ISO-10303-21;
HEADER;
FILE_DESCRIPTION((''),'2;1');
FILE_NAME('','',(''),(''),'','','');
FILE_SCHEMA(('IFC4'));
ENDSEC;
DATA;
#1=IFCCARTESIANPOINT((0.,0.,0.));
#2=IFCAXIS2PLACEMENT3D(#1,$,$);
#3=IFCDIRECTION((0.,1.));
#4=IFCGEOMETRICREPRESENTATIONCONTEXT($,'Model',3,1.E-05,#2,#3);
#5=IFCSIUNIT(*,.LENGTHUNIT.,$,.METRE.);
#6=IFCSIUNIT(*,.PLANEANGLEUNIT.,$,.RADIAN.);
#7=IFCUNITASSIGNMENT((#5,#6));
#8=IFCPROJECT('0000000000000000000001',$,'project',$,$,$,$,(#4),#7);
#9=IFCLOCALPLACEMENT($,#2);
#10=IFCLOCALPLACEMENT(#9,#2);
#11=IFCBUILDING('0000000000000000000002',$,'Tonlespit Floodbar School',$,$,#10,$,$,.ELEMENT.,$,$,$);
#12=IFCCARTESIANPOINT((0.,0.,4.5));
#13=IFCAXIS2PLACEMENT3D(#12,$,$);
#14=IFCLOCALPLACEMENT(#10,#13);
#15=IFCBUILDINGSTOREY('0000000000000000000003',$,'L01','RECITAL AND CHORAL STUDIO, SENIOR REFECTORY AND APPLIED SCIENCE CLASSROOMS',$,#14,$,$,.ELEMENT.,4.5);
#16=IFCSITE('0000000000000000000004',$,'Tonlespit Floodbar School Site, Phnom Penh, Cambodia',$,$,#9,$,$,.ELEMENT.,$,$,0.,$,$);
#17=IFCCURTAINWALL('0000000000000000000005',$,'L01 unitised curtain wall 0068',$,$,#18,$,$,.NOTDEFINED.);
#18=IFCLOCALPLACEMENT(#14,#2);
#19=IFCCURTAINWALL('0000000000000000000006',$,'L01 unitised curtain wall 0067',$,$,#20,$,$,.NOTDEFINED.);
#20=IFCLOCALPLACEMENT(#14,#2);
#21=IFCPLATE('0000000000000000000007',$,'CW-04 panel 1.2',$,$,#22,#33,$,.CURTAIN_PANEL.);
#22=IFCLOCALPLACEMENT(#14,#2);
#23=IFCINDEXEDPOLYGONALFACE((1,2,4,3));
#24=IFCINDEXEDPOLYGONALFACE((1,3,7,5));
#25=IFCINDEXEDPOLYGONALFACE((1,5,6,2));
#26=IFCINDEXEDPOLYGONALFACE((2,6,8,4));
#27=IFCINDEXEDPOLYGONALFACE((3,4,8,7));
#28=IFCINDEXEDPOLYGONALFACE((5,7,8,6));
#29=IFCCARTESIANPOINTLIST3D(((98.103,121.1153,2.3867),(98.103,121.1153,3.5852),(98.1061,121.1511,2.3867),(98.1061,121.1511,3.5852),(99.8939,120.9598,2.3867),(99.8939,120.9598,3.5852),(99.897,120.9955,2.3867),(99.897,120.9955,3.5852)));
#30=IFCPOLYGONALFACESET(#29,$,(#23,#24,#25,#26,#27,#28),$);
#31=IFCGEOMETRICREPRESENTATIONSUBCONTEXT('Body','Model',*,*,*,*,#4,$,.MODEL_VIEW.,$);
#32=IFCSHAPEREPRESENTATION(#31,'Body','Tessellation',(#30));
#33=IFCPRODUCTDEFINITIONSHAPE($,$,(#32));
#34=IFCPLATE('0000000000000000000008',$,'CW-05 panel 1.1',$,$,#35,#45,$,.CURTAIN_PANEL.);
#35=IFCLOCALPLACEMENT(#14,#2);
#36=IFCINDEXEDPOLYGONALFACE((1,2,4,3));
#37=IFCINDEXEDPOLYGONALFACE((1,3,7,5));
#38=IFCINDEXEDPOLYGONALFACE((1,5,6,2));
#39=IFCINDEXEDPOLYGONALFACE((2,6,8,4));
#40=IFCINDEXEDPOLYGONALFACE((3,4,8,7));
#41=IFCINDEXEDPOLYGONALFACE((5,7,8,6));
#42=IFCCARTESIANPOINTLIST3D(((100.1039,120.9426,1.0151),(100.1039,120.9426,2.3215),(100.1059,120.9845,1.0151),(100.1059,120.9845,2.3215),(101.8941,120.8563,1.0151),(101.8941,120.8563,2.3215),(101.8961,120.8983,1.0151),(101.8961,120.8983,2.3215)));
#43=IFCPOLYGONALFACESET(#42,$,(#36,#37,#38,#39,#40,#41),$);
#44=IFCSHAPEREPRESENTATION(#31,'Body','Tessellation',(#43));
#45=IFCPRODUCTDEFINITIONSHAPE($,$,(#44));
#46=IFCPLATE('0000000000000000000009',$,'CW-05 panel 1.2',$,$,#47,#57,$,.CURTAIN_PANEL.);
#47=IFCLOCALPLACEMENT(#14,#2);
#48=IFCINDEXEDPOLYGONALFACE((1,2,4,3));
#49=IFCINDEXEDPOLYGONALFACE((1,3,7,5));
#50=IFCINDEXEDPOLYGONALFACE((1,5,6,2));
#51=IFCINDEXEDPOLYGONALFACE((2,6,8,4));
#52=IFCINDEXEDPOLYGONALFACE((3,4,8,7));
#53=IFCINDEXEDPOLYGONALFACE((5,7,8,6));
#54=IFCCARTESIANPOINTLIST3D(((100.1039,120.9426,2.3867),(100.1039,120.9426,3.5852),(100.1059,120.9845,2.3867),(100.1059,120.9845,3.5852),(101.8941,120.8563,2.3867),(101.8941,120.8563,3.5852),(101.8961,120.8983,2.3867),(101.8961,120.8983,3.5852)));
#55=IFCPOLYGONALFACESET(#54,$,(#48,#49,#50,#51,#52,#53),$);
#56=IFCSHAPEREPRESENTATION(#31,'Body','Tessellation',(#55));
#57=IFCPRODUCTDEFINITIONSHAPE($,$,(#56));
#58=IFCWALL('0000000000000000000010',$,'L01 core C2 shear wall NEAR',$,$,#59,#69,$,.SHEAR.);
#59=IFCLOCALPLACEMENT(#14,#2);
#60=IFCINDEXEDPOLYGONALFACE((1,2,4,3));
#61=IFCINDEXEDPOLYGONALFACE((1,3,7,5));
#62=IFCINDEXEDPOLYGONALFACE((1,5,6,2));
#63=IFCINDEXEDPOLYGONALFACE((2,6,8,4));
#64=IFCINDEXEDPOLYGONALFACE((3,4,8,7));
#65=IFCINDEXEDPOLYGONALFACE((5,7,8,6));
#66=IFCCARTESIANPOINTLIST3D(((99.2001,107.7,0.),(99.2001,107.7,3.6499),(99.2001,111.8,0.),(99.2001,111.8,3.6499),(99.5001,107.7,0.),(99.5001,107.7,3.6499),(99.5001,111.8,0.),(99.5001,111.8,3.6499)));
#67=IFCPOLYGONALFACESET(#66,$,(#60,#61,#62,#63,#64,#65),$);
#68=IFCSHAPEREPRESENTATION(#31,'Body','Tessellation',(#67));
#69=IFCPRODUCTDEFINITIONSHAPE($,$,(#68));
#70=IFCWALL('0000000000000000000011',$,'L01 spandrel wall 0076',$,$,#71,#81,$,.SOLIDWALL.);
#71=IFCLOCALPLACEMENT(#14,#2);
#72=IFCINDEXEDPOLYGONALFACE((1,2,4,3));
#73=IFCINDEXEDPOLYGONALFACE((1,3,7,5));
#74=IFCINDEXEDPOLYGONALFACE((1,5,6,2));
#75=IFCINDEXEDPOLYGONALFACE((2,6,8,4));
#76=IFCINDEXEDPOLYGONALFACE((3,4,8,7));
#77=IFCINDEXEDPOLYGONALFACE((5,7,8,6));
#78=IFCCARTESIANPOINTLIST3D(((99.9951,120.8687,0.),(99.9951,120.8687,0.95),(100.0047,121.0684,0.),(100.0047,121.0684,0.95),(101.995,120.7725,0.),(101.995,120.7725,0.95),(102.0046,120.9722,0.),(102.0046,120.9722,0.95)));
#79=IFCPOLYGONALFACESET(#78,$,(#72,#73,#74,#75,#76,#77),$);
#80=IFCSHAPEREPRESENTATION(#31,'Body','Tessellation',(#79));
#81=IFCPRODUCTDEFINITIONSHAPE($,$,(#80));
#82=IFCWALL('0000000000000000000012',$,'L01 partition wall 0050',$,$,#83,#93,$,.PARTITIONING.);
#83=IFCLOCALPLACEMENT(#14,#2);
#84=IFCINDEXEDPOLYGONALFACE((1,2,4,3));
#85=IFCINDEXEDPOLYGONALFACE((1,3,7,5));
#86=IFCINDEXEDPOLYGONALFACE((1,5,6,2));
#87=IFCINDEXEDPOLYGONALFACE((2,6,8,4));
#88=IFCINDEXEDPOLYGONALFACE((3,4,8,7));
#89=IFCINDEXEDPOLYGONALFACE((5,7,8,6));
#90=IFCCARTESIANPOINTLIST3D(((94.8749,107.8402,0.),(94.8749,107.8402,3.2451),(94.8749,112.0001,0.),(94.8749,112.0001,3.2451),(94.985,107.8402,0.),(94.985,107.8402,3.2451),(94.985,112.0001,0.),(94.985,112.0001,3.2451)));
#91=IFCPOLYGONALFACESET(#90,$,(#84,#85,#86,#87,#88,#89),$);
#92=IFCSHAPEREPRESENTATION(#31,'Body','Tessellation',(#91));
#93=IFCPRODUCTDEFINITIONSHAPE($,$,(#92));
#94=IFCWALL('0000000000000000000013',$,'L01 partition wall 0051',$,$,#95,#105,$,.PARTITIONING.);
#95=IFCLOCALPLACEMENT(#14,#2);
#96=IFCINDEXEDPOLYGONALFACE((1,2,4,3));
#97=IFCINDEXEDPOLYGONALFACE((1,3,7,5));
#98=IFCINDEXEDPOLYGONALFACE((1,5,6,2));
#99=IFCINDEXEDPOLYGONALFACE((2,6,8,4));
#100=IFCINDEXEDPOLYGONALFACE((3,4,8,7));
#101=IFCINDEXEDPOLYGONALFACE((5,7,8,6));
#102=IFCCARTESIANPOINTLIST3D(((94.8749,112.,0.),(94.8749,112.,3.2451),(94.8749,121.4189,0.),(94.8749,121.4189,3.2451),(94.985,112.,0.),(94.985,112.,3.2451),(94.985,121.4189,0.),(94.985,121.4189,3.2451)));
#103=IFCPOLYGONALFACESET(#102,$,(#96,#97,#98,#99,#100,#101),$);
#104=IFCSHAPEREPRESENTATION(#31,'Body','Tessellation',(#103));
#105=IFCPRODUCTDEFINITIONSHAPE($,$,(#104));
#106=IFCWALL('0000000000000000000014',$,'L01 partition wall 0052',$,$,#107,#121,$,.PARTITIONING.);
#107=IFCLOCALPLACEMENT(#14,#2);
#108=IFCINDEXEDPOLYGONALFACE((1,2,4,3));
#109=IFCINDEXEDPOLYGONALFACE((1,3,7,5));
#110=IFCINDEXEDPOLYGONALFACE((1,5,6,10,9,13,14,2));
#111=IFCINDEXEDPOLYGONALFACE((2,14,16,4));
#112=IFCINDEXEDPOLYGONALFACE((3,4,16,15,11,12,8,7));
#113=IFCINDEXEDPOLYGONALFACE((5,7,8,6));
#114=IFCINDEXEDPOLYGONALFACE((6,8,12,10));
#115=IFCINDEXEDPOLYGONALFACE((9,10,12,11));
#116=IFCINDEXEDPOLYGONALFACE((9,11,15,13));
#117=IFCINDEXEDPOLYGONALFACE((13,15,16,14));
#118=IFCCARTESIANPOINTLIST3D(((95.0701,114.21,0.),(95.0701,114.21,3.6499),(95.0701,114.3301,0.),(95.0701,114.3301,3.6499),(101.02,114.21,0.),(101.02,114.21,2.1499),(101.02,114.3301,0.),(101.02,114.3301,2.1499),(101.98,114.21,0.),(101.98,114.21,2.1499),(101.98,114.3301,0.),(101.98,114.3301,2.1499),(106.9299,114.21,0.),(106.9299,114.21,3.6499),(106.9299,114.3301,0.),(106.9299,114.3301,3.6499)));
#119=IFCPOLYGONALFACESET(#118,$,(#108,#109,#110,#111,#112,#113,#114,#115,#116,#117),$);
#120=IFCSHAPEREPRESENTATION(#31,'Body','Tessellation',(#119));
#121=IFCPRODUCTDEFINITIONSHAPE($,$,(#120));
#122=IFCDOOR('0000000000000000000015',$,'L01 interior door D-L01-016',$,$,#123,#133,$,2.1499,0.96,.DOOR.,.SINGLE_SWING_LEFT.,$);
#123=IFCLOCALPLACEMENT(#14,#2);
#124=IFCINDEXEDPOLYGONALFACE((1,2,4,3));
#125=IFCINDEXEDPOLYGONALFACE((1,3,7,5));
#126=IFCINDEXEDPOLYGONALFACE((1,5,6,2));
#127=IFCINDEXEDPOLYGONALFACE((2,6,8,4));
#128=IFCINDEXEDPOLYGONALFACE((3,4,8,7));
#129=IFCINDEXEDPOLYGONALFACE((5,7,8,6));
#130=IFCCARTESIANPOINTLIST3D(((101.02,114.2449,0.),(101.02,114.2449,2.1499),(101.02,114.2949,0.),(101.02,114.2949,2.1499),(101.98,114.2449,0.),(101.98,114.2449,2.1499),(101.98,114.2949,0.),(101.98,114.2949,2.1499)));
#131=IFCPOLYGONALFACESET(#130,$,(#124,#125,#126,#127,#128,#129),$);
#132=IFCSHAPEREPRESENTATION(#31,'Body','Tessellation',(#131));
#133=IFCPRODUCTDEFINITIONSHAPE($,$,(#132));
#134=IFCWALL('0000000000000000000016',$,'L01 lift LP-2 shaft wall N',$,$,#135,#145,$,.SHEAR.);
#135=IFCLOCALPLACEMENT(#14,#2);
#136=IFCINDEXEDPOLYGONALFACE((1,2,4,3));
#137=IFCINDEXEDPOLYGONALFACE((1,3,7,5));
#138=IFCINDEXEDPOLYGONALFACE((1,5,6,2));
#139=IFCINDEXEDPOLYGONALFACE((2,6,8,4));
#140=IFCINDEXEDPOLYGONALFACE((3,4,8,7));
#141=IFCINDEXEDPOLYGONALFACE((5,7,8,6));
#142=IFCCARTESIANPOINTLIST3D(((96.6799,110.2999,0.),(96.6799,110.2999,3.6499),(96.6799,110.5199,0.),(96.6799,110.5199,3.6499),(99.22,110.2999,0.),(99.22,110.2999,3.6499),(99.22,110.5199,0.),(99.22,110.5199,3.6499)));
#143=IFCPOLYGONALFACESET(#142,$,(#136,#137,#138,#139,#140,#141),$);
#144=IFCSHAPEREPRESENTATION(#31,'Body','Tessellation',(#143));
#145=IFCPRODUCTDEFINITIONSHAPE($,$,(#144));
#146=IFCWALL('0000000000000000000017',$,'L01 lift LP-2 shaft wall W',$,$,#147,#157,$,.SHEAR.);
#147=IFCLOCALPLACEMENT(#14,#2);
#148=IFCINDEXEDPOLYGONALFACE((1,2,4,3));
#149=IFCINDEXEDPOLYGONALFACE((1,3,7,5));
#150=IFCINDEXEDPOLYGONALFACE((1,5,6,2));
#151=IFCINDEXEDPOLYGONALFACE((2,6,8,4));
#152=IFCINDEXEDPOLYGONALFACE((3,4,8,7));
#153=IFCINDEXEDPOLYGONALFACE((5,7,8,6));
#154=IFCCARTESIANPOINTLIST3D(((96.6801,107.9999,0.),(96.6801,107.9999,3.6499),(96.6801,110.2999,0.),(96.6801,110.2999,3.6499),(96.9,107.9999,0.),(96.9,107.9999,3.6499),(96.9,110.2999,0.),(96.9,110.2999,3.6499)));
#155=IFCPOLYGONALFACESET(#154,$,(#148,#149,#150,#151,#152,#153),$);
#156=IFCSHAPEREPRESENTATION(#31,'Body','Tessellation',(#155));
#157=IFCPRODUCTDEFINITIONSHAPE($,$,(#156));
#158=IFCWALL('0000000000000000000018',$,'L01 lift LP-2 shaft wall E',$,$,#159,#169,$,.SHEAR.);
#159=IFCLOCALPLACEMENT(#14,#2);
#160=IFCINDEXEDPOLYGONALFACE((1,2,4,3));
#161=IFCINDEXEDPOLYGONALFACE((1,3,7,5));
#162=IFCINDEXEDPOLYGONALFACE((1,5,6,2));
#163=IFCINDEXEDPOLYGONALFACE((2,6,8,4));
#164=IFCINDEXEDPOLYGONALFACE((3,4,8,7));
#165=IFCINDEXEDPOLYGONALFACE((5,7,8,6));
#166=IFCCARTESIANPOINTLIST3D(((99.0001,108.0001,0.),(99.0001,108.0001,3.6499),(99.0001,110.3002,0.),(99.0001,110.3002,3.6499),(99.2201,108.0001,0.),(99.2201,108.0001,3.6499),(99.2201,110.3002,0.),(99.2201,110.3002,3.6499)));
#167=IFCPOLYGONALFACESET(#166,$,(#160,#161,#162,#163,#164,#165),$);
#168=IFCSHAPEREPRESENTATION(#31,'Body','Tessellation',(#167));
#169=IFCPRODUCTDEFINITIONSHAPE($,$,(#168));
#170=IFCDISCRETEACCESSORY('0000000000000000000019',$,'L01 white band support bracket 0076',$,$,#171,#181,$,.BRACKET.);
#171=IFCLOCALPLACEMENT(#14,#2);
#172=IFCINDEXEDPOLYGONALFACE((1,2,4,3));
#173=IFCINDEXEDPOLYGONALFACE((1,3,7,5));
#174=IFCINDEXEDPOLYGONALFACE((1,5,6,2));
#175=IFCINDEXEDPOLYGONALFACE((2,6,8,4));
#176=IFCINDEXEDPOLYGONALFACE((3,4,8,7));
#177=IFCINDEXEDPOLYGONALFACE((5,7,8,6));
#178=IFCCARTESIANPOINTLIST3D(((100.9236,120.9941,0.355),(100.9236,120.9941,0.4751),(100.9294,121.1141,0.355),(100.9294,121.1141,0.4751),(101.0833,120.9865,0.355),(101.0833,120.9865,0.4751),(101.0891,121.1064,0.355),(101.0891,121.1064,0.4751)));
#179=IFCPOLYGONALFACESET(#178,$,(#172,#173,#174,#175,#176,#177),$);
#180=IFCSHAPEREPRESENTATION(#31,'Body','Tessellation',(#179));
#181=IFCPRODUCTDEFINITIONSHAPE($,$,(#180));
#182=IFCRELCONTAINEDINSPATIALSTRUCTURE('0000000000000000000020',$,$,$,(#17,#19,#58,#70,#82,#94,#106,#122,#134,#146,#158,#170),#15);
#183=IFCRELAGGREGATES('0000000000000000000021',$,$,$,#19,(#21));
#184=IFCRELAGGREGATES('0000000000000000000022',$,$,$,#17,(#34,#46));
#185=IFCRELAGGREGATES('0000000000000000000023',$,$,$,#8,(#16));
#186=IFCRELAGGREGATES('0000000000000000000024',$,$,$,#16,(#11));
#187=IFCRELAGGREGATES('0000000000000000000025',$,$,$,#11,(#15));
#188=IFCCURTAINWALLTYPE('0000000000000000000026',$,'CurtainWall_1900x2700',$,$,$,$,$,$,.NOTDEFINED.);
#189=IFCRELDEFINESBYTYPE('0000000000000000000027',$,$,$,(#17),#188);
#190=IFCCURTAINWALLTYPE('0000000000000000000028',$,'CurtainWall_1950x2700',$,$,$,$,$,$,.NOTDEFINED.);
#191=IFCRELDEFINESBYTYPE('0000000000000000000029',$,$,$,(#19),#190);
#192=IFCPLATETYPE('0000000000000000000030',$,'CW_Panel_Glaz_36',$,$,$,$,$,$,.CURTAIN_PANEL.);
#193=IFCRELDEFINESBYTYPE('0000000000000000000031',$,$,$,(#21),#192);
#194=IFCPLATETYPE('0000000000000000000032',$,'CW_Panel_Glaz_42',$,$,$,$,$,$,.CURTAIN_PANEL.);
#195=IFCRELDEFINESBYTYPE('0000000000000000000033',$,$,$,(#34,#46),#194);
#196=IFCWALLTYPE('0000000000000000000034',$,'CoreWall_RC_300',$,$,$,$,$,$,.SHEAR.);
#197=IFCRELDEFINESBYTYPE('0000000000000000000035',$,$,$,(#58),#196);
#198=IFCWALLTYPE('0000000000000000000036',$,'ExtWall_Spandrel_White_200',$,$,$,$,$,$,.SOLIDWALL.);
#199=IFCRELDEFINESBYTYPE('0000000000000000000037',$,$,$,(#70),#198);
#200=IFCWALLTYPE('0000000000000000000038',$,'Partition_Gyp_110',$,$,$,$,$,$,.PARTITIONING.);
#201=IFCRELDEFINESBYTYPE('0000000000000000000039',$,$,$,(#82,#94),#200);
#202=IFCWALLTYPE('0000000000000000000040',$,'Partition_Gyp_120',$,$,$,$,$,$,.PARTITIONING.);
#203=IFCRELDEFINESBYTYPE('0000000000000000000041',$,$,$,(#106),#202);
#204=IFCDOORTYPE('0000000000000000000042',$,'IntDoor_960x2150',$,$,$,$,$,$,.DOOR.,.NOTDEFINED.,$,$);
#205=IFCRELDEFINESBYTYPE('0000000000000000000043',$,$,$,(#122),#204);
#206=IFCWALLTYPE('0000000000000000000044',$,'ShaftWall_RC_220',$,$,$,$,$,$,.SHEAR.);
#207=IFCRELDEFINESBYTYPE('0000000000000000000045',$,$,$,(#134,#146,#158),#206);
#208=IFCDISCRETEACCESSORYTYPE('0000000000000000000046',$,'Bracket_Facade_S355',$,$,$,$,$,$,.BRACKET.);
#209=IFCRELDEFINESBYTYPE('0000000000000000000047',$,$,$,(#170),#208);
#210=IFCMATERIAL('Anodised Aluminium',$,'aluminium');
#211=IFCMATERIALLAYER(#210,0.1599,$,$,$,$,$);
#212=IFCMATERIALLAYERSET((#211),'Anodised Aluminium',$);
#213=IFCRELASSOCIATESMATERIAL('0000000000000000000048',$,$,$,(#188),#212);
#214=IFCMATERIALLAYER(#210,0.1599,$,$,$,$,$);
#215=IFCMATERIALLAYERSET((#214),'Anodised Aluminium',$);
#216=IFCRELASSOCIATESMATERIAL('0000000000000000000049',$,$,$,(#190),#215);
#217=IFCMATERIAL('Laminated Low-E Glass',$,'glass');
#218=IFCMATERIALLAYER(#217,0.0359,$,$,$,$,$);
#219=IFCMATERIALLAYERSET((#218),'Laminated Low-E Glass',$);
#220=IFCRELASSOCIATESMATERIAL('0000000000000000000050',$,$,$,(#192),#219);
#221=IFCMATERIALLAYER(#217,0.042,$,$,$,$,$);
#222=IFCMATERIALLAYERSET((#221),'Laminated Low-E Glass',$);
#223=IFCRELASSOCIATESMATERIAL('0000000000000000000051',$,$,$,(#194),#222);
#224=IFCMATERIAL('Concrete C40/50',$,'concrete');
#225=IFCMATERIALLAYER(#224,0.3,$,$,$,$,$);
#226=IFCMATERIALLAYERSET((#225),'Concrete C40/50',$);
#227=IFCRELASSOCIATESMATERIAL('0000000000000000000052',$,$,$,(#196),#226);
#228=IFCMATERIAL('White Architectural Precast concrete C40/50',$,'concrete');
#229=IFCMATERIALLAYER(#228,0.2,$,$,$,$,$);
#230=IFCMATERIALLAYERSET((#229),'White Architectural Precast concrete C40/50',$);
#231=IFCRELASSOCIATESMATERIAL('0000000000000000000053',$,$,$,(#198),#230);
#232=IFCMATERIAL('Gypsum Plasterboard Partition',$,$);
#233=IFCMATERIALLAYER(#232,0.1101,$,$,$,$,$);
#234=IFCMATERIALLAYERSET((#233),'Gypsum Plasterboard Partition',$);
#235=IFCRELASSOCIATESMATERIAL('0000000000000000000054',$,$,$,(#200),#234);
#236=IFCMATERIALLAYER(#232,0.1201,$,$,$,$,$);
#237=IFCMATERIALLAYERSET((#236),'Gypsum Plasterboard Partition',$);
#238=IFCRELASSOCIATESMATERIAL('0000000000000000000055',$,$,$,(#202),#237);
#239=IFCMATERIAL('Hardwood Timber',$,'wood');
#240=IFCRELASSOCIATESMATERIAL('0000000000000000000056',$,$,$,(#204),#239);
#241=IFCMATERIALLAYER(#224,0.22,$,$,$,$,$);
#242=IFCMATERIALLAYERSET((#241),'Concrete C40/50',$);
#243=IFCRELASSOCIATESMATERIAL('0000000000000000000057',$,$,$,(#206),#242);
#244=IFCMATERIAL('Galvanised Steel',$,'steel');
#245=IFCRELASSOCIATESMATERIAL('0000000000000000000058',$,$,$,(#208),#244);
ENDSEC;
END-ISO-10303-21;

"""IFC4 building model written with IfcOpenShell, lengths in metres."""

from ifc_helpers import new_model, si_unit, direction, frame, frame_2d, origin, origin_2d, place, context, subcontext, project, spatial, rectangle, extrude, material, layer, layer_set, type_object, element, fill, aggregate, save


model = new_model("IFC4")

# Units and contexts
model_context = context("Model", 3, precision=1e-05, world=origin(), true_north=direction((0.0, 1.0)))
body_context = subcontext(model_context, "Body", "Model", "MODEL_VIEW")
ifc_project = project(units=[si_unit("LENGTHUNIT", "METRE"), si_unit("PLANEANGLEUNIT", "RADIAN")], contexts=[model_context])

# Site, building, storey
site_placement = place(None, origin())
site = spatial("IfcSite", under=ifc_project, at=site_placement, Name="Tonlespit Floodbar School Site, Phnom Penh, Cambodia", CompositionType="ELEMENT", RefElevation=0.0)
building_placement = place(site_placement, origin())
building = spatial("IfcBuilding", under=site, at=building_placement, Name="Tonlespit Floodbar School", CompositionType="ELEMENT")
storey_placement = place(building_placement, frame((0.0, 0.0, 4.5)))
storey = spatial("IfcBuildingStorey", under=building, at=storey_placement, Name="L01", Description="RECITAL AND CHORAL STUDIO, SENIOR REFECTORY AND APPLIED SCIENCE CLASSROOMS", CompositionType="ELEMENT", Elevation=4.5)

# Shared definitions
ifc_material_1 = material(Name="Concrete C40/50", Category="concrete")

# Curtain walls
ifc_material_2 = material(Name="Anodised Aluminium", Category="aluminium")
ifc_layer_1 = layer(ifc_material_2, 0.1599)
ifc_layer_set_1 = layer_set([ifc_layer_1], Name="Anodised Aluminium")
curtain_wall_type_1 = type_object("IfcCurtainWallType", Name="CurtainWall_1900x2700", PredefinedType="NOTDEFINED", material=ifc_layer_set_1)
curtain_wall_1_placement = place(storey_placement, origin())
curtain_wall_1 = element("IfcCurtainWall", 1, at=curtain_wall_1_placement, inside=storey, type_object=curtain_wall_type_1, Name="L01 unitised curtain wall 0068", PredefinedType="NOTDEFINED")
ifc_layer_2 = layer(ifc_material_2, 0.1599)
ifc_layer_set_2 = layer_set([ifc_layer_2], Name="Anodised Aluminium")
curtain_wall_type_2 = type_object("IfcCurtainWallType", Name="CurtainWall_1950x2700", PredefinedType="NOTDEFINED", material=ifc_layer_set_2)
curtain_wall_2_placement = place(storey_placement, origin())
curtain_wall_2 = element("IfcCurtainWall", 2, at=curtain_wall_2_placement, inside=storey, type_object=curtain_wall_type_2, Name="L01 unitised curtain wall 0067", PredefinedType="NOTDEFINED")

# Plates
ifc_material_3 = material(Name="Laminated Low-E Glass", Category="glass")
ifc_layer_3 = layer(ifc_material_3, 0.0359)
ifc_layer_set_3 = layer_set([ifc_layer_3], Name="Laminated Low-E Glass")
plate_type_1 = type_object("IfcPlateType", Name="CW_Panel_Glaz_36", PredefinedType="CURTAIN_PANEL", material=ifc_layer_set_3)
plate_1_placement = place(storey_placement, frame((99.0, 121.0554, 2.3867), z_axis=(0.0, 0.0, 1.0), x_axis=(0.996249, -0.086531, 0.0)))
plate_1 = element("IfcPlate", 3, at=plate_1_placement, type_object=plate_type_1, Name="CW-04 panel 1.2", PredefinedType="CURTAIN_PANEL", context=body_context, shape_type="SweptSolid", body=[
    extrude(rectangle(XDim=1.7976, YDim=0.0359, at=origin_2d()), origin(), (0.0, 0.0, 1.0), 1.1985),
])
aggregate(curtain_wall_2, [plate_1])
ifc_layer_4 = layer(ifc_material_3, 0.042)
ifc_layer_set_4 = layer_set([ifc_layer_4], Name="Laminated Low-E Glass")
plate_type_2 = type_object("IfcPlateType", Name="CW_Panel_Glaz_42", PredefinedType="CURTAIN_PANEL", material=ifc_layer_set_4)
plate_2_placement = place(storey_placement, frame((101.0, 120.9204, 1.0151), z_axis=(0.0, 0.0, 1.0), x_axis=(0.998842, -0.048121, 0.0)))
plate_2 = element("IfcPlate", 4, at=plate_2_placement, type_object=plate_type_2, Name="CW-05 panel 1.1", PredefinedType="CURTAIN_PANEL", context=body_context, shape_type="SweptSolid", body=[
    extrude(rectangle(XDim=1.7922, YDim=0.042, at=origin_2d()), origin(), (0.0, 0.0, 1.0), 1.3064),
])
plate_3_placement = place(storey_placement, frame((101.0, 120.9204, 2.3867), z_axis=(0.0, 0.0, 1.0), x_axis=(0.998842, -0.048121, 0.0)))
plate_3 = element("IfcPlate", 5, at=plate_3_placement, type_object=plate_type_2, Name="CW-05 panel 1.2", PredefinedType="CURTAIN_PANEL", context=body_context, shape_type="SweptSolid", body=[
    extrude(rectangle(XDim=1.7922, YDim=0.042, at=origin_2d()), origin(), (0.0, 0.0, 1.0), 1.1985),
])
aggregate(curtain_wall_1, [plate_2, plate_3])

# Wall
ifc_layer_5 = layer(ifc_material_1, 0.3)
ifc_layer_set_5 = layer_set([ifc_layer_5], Name="Concrete C40/50")
wall_type_1 = type_object("IfcWallType", Name="CoreWall_RC_300", PredefinedType="SHEAR", material=ifc_layer_set_5)
wall_1_placement = place(storey_placement, frame((99.3501, 107.7, 0.0), z_axis=(0.0, 0.0, 1.0), x_axis=(0.0, 1.0, 0.0)))
element("IfcWall", 6, at=wall_1_placement, inside=storey, type_object=wall_type_1, Name="L01 core C2 shear wall NEAR", PredefinedType="SHEAR", context=body_context, shape_type="SweptSolid", body=[
    extrude(rectangle(XDim=4.1001, YDim=0.3, at=frame_2d((2.05, 0.0))), origin(), (0.0, 0.0, 1.0), 3.6499),
])

# Shared definitions
ifc_material_4 = material(Name="Galvanised Steel", Category="steel")

# Walls
ifc_material_5 = material(Name="White Architectural Precast concrete C40/50", Category="concrete")
ifc_layer_6 = layer(ifc_material_5, 0.2)
ifc_layer_set_6 = layer_set([ifc_layer_6], Name="White Architectural Precast concrete C40/50")
wall_type_2 = type_object("IfcWallType", Name="ExtWall_Spandrel_White_200", PredefinedType="SOLIDWALL", material=ifc_layer_set_6)
wall_2_placement = place(storey_placement, frame((100.0, 120.9685, 0.0), z_axis=(0.0, 0.0, 1.0), x_axis=(0.998845, -0.04804, 0.0)))
element("IfcWall", 7, at=wall_2_placement, inside=storey, type_object=wall_type_2, Name="L01 spandrel wall 0076", PredefinedType="SOLIDWALL", context=body_context, shape_type="SweptSolid", body=[
    extrude(rectangle(XDim=2.0022, YDim=0.2, at=frame_2d((1.001, 0.0))), origin(), (0.0, 0.0, 1.0), 0.95),
])
ifc_material_6 = material(Name="Gypsum Plasterboard Partition")
ifc_layer_7 = layer(ifc_material_6, 0.1101)
ifc_layer_set_7 = layer_set([ifc_layer_7], Name="Gypsum Plasterboard Partition")
wall_type_3 = type_object("IfcWallType", Name="Partition_Gyp_110", PredefinedType="PARTITIONING", material=ifc_layer_set_7)
wall_3_placement = place(storey_placement, frame((94.9299, 107.8401, 0.0), z_axis=(0.0, 0.0, 1.0), x_axis=(0.0, 1.0, 0.0)))
element("IfcWall", 8, at=wall_3_placement, inside=storey, type_object=wall_type_3, Name="L01 partition wall 0050", PredefinedType="PARTITIONING", context=body_context, shape_type="SweptSolid", body=[
    extrude(rectangle(XDim=4.1599, YDim=0.1101, at=frame_2d((2.0801, 0.0))), origin(), (0.0, 0.0, 1.0), 3.2451),
])
wall_4_placement = place(storey_placement, frame((94.9299, 112.0, 0.0), z_axis=(0.0, 0.0, 1.0), x_axis=(0.0, 1.0, 0.0)))
element("IfcWall", 9, at=wall_4_placement, inside=storey, type_object=wall_type_3, Name="L01 partition wall 0051", PredefinedType="PARTITIONING", context=body_context, shape_type="SweptSolid", body=[
    extrude(rectangle(XDim=9.4189, YDim=0.1101, at=frame_2d((4.7095, 0.0))), origin(), (0.0, 0.0, 1.0), 3.2451),
])

# Wall, opening, door
ifc_layer_8 = layer(ifc_material_6, 0.1201)
ifc_layer_set_8 = layer_set([ifc_layer_8], Name="Gypsum Plasterboard Partition")
wall_type_4 = type_object("IfcWallType", Name="Partition_Gyp_120", PredefinedType="PARTITIONING", material=ifc_layer_set_8)
wall_5_placement = place(storey_placement, frame((95.0701, 114.27, 0.0), z_axis=(0.0, 0.0, 1.0), x_axis=(1.0, 0.0, 0.0)))
wall_5 = element("IfcWall", 10, at=wall_5_placement, inside=storey, type_object=wall_type_4, Name="L01 partition wall 0052", PredefinedType="PARTITIONING", context=body_context, shape_type="SweptSolid", body=[
    extrude(rectangle(XDim=11.8599, YDim=0.1201, at=frame_2d((5.9299, 0.0))), origin(), (0.0, 0.0, 1.0), 3.6499),
])
opening_1_placement = place(wall_5_placement, frame((5.95, 0.0, 0.0)))
opening_1 = element("IfcOpeningElement", 11, at=opening_1_placement, cuts=wall_5, PredefinedType="OPENING", context=body_context, shape_type="SweptSolid", body=[
    extrude(rectangle(XDim=0.96, YDim=2.1499, at=frame_2d((0.48, 1.075))), frame((0.0, 0.0701, 0.0), z_axis=(0.0, -1.0, 0.0), x_axis=(1.0, 0.0, 0.0)), (0.0, 0.0, 1.0), 0.1401),
])
ifc_material_7 = material(Name="Hardwood Timber", Category="wood")
door_type_1 = type_object("IfcDoorType", Name="IntDoor_960x2150", OperationType="NOTDEFINED", PredefinedType="DOOR", material=ifc_material_7)
door_1_placement = place(opening_1_placement, origin())
door_1 = element("IfcDoor", 12, at=door_1_placement, inside=storey, type_object=door_type_1, Name="L01 interior door D-L01-016", OperationType="SINGLE_SWING_LEFT", OverallHeight=2.1499, OverallWidth=0.96, PredefinedType="DOOR", context=body_context, shape_type="SweptSolid", body=[
    extrude(rectangle(XDim=0.96, YDim=2.1499, at=frame_2d((0.48, 1.075))), frame((0.0, 0.0249, 0.0), z_axis=(0.0, -1.0, 0.0), x_axis=(1.0, 0.0, 0.0)), (0.0, 0.0, 1.0), 0.05),
])
fill(opening_1, door_1)
ifc_layer_9 = layer(ifc_material_1, 0.22)
ifc_layer_set_9 = layer_set([ifc_layer_9], Name="Concrete C40/50")
wall_type_5 = type_object("IfcWallType", Name="ShaftWall_RC_220", PredefinedType="SHEAR", material=ifc_layer_set_9)

# Walls
wall_6_placement = place(storey_placement, frame((96.6799, 110.4099, 0.0), z_axis=(0.0, 0.0, 1.0), x_axis=(1.0, 0.0, 0.0)))
element("IfcWall", 13, at=wall_6_placement, inside=storey, type_object=wall_type_5, Name="L01 lift LP-2 shaft wall N", PredefinedType="SHEAR", context=body_context, shape_type="SweptSolid", body=[
    extrude(rectangle(XDim=2.54, YDim=0.22, at=frame_2d((1.27, 0.0))), origin(), (0.0, 0.0, 1.0), 3.6499),
])
for number, where, z_axis, x_axis, name in (
    (14, (96.79, 108.0, 0.0), (0.0, 0.0, 1.0), (0.0, 1.0, 0.0), "L01 lift LP-2 shaft wall W"),
    (15, (99.1101, 110.3, 0.0), (0.0, 0.0, 1.0), (0.0, -1.0, 0.0), "L01 lift LP-2 shaft wall E"),
):
    element("IfcWall", number, at=place(storey_placement, frame(where, z_axis=z_axis, x_axis=x_axis)), inside=storey, type_object=wall_type_5, Name=name, PredefinedType="SHEAR", context=body_context, shape_type="SweptSolid", body=[
        extrude(rectangle(XDim=2.3, YDim=0.22, at=frame_2d((1.1499, 0.0))), origin(), (0.0, 0.0, 1.0), 3.6499),
    ])

# Discrete accessory
discrete_accessory_type = type_object("IfcDiscreteAccessoryType", Name="Bracket_Facade_S355", PredefinedType="BRACKET", material=ifc_material_4)
discrete_accessory_placement = place(storey_placement, frame((101.0063, 121.0503, 0.355), z_axis=(0.0, 0.0, 1.0), x_axis=(0.998843, -0.048095, 0.0)))
element("IfcDiscreteAccessory", 16, at=discrete_accessory_placement, inside=storey, type_object=discrete_accessory_type, Name="L01 white band support bracket 0076", PredefinedType="BRACKET", context=body_context, shape_type="SweptSolid", body=[
    extrude(rectangle(XDim=0.1599, YDim=0.1201, at=origin_2d()), origin(), (0.0, 0.0, 1.0), 0.1201),
])

save(model, "model.ifc")
